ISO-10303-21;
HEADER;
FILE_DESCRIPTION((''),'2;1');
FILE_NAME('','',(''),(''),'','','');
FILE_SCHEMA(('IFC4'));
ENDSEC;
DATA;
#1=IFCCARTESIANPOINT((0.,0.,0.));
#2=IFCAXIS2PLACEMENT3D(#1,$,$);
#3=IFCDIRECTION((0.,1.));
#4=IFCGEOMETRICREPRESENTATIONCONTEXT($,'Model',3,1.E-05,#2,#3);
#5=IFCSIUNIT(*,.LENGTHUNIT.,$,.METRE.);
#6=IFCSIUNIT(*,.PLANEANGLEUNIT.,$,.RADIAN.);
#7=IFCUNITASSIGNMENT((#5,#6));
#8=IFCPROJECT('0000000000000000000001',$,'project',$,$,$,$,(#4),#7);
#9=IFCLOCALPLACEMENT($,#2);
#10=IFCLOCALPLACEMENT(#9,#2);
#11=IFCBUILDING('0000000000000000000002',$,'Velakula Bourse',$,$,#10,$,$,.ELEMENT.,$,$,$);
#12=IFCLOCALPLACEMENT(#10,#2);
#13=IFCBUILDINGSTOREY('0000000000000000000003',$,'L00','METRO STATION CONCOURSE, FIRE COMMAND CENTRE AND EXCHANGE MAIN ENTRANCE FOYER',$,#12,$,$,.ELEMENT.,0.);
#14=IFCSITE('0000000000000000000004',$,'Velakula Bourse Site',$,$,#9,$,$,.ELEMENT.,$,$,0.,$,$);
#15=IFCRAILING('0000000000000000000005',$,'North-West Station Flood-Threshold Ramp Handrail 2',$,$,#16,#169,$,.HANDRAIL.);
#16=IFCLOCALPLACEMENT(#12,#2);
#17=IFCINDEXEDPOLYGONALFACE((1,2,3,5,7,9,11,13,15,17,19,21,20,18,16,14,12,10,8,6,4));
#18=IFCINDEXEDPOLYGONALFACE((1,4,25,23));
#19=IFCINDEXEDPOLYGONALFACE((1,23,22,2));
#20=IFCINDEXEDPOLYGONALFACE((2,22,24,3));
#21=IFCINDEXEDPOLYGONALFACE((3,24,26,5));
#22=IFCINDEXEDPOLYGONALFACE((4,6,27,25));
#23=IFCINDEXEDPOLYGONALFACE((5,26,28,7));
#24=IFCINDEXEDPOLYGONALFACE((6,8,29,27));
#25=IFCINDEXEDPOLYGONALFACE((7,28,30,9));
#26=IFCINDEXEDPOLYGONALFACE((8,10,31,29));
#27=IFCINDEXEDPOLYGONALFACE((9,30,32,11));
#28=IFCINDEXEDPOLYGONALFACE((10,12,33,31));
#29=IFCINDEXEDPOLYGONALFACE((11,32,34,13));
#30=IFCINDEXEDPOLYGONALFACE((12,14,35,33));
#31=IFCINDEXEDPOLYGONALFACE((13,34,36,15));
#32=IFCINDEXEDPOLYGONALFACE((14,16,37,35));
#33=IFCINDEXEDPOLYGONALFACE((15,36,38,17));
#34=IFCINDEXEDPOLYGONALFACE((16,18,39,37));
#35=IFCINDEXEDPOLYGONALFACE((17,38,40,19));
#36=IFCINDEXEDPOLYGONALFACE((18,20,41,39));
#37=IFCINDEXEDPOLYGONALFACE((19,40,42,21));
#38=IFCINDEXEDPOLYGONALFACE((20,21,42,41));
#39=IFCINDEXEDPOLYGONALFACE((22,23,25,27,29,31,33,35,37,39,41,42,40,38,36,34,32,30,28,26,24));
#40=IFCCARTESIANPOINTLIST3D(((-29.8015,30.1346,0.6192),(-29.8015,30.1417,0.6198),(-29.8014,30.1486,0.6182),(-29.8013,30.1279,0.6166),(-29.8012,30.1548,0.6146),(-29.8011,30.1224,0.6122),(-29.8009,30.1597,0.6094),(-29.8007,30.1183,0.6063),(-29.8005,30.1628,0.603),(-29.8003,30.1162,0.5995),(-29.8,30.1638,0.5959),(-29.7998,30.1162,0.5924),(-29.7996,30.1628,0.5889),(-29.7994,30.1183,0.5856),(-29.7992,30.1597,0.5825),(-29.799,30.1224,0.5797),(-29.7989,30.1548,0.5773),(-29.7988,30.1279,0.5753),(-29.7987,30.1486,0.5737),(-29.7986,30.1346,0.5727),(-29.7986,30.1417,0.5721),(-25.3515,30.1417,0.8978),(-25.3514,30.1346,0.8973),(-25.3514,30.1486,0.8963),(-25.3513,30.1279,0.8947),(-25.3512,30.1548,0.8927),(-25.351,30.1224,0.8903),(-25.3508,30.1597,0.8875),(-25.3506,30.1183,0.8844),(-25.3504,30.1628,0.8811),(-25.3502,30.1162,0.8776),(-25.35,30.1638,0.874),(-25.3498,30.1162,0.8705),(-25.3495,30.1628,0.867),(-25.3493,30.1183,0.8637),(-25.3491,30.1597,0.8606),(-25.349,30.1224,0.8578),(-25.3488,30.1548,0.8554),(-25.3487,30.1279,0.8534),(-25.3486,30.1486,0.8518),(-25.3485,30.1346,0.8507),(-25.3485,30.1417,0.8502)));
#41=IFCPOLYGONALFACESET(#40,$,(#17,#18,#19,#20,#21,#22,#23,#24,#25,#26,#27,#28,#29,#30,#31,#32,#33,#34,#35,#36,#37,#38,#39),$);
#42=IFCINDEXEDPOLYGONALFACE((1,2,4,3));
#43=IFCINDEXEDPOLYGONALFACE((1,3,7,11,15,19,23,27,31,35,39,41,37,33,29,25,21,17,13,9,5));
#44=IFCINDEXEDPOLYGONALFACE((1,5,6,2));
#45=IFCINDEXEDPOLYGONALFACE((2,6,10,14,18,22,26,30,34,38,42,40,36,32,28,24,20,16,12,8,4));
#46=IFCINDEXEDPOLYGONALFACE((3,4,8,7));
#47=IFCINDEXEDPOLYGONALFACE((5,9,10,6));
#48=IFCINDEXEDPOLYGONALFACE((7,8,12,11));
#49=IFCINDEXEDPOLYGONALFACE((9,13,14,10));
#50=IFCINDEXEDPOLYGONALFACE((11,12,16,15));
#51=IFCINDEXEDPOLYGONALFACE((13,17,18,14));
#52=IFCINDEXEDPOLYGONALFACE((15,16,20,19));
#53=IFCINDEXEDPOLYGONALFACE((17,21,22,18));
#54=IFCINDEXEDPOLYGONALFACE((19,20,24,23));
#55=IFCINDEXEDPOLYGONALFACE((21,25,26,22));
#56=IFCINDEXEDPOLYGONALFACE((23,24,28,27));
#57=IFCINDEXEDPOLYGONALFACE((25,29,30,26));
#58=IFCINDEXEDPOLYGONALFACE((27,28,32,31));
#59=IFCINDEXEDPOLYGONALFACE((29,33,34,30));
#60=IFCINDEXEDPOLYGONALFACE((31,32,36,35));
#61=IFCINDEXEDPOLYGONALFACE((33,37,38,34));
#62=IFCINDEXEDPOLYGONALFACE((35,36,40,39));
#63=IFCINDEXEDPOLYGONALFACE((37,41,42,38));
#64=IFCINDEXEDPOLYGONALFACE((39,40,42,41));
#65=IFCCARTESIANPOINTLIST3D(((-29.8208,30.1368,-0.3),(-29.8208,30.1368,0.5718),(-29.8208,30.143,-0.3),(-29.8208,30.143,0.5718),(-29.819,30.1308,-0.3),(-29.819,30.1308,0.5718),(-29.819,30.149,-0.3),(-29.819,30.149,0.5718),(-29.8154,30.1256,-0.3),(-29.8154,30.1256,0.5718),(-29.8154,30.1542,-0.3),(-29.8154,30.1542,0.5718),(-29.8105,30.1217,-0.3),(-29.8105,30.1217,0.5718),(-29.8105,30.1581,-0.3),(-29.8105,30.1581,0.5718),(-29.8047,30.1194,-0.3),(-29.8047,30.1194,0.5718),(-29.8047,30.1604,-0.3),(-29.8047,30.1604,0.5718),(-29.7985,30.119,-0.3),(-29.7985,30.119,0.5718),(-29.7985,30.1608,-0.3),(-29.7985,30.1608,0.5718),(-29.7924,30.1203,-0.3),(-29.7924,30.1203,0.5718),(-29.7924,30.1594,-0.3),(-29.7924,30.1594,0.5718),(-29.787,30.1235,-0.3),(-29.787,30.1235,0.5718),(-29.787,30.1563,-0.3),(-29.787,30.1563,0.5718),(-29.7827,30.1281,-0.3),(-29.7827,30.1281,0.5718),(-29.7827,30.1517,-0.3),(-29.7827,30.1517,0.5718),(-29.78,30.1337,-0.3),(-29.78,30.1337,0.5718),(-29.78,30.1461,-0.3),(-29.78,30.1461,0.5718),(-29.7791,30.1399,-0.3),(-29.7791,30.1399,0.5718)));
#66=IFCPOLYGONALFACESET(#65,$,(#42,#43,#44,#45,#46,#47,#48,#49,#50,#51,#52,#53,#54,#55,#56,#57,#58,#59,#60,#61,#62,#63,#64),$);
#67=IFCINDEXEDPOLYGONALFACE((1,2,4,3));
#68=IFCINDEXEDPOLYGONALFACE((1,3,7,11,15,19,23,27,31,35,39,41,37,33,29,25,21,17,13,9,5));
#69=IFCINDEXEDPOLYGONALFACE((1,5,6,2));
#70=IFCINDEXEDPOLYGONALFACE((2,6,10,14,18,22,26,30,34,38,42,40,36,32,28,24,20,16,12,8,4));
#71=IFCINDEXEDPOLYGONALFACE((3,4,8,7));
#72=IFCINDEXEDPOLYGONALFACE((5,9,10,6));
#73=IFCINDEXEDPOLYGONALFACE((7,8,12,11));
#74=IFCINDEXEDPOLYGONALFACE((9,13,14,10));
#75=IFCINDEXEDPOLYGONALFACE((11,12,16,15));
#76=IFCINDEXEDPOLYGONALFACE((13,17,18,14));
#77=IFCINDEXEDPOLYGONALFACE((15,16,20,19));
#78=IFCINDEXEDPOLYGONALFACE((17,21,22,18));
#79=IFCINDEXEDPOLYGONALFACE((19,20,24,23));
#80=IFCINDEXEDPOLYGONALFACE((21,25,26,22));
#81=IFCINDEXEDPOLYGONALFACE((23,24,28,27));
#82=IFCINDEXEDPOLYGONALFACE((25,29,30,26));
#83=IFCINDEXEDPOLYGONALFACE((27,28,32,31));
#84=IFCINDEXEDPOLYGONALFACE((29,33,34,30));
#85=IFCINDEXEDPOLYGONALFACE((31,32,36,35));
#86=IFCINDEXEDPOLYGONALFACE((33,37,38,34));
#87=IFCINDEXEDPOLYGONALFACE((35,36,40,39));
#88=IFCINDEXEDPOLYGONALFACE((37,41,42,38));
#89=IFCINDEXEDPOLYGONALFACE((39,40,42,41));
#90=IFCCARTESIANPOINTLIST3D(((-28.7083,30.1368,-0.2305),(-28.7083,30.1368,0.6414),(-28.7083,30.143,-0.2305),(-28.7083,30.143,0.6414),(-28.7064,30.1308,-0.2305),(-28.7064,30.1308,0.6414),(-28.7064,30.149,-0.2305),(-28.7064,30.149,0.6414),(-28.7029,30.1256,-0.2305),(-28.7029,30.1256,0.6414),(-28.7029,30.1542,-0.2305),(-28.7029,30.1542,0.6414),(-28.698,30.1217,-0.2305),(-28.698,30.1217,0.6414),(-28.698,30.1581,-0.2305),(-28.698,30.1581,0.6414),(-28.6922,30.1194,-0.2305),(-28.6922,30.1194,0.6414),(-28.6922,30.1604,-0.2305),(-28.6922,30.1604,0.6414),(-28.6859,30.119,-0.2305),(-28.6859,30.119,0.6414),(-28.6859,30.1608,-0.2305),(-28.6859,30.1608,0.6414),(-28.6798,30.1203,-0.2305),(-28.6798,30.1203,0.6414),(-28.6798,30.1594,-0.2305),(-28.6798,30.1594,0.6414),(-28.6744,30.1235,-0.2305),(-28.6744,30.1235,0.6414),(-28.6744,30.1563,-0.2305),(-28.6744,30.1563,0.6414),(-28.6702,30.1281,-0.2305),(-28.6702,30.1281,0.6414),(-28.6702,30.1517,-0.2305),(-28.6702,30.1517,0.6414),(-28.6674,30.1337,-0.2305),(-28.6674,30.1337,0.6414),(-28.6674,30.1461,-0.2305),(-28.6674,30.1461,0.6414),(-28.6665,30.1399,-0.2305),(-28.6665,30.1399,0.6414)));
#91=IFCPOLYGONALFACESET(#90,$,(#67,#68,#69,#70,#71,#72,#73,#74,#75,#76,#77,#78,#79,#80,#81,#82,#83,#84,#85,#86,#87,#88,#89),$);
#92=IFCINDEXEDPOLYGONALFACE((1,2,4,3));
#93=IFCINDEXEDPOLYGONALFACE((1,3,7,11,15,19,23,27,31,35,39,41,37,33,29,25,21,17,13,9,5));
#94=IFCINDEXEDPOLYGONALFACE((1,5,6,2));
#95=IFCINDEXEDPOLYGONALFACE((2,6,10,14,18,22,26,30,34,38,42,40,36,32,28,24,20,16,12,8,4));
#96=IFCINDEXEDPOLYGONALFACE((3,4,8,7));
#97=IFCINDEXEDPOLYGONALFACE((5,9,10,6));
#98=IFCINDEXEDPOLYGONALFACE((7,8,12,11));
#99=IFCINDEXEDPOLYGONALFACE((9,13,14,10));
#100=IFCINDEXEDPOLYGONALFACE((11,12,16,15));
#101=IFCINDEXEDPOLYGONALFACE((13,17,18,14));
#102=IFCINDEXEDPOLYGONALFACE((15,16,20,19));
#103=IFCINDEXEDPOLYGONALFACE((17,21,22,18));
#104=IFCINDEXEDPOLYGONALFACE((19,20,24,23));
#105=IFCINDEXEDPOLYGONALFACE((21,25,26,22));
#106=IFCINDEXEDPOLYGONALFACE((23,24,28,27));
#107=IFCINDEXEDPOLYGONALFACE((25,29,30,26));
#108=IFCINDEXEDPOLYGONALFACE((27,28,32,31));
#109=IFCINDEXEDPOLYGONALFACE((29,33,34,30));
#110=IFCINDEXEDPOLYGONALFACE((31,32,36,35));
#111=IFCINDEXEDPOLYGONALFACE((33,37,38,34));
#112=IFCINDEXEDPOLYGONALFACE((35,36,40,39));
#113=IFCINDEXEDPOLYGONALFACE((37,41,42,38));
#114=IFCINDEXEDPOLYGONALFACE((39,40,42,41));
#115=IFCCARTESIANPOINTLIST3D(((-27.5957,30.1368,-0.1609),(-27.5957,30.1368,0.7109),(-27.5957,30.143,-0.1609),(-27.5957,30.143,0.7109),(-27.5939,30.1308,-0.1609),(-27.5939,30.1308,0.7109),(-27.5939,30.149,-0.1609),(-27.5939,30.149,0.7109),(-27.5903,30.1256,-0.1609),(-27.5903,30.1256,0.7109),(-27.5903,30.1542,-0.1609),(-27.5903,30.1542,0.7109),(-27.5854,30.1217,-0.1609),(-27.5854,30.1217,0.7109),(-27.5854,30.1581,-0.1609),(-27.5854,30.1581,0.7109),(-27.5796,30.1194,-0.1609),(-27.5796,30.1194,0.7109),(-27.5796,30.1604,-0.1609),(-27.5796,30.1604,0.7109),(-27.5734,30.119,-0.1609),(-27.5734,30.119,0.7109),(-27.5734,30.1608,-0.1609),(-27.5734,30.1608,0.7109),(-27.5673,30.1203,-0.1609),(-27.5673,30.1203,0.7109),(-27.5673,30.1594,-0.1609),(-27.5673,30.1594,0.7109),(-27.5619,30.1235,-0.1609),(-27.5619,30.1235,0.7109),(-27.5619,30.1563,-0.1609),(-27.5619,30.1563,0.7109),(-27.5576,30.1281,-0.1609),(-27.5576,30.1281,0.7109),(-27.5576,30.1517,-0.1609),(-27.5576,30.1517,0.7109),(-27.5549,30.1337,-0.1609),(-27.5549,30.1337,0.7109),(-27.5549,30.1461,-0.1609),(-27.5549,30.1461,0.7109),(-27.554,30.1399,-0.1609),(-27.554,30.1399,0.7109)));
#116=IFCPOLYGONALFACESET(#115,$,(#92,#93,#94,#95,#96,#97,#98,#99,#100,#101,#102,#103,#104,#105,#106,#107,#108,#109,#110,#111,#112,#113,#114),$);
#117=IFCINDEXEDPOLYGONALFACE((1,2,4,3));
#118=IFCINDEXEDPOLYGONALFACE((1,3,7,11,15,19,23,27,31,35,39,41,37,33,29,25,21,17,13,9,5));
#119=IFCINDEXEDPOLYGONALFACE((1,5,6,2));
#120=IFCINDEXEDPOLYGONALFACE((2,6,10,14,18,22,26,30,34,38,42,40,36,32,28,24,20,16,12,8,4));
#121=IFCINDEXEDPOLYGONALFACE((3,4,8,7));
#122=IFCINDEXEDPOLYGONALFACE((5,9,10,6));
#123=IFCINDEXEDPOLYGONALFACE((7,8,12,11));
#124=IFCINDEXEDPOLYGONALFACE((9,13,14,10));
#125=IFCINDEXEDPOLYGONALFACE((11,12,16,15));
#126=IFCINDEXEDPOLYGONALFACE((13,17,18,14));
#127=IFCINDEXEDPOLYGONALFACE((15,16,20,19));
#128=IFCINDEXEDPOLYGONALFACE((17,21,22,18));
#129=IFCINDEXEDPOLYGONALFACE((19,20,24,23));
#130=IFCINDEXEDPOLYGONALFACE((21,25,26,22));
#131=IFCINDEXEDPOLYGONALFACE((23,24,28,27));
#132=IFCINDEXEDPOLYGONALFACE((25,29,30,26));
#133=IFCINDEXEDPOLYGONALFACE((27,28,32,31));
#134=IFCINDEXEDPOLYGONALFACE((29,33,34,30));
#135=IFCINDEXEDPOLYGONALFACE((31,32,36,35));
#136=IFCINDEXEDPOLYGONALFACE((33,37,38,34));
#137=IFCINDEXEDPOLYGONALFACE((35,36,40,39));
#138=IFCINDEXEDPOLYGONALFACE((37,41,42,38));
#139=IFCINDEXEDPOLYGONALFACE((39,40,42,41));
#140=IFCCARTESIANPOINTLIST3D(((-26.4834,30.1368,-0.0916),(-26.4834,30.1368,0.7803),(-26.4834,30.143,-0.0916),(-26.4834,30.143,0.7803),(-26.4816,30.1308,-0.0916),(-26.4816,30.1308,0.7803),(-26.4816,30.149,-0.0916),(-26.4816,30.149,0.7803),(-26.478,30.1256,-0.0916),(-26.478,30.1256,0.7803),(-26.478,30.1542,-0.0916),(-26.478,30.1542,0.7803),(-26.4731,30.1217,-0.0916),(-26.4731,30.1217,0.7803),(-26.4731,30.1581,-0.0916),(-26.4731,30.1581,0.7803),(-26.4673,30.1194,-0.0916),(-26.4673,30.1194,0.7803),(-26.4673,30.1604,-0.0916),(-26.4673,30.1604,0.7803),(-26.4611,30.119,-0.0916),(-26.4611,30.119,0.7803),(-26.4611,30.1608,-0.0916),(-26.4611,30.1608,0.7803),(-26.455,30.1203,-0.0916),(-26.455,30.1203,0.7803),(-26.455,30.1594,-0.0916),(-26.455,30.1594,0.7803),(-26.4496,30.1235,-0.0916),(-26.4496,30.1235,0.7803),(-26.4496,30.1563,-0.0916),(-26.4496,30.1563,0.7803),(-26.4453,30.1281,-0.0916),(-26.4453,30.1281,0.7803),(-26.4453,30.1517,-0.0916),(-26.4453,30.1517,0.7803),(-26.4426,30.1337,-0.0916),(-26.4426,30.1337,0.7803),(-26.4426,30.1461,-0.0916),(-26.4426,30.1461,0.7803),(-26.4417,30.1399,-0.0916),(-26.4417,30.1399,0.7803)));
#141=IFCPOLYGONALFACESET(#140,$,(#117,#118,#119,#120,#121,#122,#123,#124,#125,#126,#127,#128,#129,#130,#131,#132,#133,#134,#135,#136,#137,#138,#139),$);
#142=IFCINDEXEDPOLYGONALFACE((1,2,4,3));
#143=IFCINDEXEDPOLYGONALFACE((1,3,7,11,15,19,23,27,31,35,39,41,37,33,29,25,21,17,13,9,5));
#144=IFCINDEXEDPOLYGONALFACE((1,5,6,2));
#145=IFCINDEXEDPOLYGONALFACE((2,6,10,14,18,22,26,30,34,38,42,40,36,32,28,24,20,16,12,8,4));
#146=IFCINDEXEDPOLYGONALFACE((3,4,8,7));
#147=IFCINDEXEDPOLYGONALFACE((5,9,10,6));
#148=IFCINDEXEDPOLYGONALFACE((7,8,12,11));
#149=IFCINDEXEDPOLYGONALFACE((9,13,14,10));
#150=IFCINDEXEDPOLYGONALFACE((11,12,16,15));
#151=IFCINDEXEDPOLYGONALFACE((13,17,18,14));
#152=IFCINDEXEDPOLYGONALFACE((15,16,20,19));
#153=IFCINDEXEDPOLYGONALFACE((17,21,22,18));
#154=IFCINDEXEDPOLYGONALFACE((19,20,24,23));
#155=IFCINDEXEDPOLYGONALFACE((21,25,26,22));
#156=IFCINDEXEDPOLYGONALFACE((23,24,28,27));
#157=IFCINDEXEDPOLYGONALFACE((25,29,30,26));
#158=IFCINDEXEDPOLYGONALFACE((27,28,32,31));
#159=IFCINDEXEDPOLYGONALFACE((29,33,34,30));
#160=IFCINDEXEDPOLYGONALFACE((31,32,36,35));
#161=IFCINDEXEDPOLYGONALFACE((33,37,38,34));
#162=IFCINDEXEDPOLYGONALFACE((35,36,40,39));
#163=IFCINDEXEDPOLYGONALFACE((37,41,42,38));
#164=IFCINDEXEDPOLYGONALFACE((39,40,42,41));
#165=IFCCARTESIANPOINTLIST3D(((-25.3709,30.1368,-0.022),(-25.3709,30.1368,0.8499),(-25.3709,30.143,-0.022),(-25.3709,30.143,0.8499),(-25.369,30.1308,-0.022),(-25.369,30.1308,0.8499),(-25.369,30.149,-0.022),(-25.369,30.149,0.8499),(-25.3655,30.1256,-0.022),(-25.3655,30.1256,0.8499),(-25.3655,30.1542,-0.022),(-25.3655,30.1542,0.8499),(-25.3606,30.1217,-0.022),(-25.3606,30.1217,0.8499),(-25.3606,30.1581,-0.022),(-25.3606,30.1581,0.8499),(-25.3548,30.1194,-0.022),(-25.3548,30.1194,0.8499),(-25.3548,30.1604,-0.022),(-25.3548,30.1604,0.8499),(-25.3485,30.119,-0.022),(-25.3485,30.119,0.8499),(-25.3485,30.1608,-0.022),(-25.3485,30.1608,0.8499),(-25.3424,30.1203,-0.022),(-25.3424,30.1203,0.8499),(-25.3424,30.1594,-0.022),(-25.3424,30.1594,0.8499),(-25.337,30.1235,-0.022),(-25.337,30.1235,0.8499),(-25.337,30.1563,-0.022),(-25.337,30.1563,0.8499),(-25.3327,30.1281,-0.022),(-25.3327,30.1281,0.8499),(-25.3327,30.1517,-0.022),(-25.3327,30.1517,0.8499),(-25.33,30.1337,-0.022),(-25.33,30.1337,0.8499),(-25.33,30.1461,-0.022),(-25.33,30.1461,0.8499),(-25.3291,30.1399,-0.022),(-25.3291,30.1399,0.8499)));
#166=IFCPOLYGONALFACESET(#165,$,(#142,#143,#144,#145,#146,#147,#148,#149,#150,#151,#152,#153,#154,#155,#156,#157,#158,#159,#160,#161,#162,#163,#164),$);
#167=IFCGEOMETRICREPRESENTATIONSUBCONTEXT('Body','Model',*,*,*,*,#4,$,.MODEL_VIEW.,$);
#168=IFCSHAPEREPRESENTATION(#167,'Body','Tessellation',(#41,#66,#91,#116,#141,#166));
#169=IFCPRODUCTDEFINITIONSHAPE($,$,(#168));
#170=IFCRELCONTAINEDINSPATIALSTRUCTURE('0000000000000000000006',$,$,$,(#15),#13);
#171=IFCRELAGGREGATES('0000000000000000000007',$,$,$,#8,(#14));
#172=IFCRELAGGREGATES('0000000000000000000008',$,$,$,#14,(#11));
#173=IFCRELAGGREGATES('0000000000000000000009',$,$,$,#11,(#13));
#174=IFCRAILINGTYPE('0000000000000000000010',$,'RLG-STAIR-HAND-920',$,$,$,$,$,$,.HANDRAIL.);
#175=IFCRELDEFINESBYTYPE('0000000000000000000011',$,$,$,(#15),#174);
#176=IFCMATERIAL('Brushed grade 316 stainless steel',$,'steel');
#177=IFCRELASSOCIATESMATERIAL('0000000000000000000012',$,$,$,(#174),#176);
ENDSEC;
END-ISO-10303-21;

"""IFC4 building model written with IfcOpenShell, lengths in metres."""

from ifc_helpers import new_model, si_unit, direction, frame, origin, origin_2d, place, context, subcontext, project, spatial, circle, extrude, material, type_object, element, save


model = new_model("IFC4")

# Units and contexts
model_context = context("Model", 3, precision=1e-05, world=origin(), true_north=direction((0.0, 1.0)))
body_context = subcontext(model_context, "Body", "Model", "MODEL_VIEW")
ifc_project = project(units=[si_unit("LENGTHUNIT", "METRE"), si_unit("PLANEANGLEUNIT", "RADIAN")], contexts=[model_context])

# Site, building, storey
site_placement = place(None, origin())
site = spatial("IfcSite", under=ifc_project, at=site_placement, Name="Velakula Bourse Site", CompositionType="ELEMENT", RefElevation=0.0)
building_placement = place(site_placement, origin())
building = spatial("IfcBuilding", under=site, at=building_placement, Name="Velakula Bourse", CompositionType="ELEMENT")
storey_placement = place(building_placement, origin())
storey = spatial("IfcBuildingStorey", under=building, at=storey_placement, Name="L00", Description="METRO STATION CONCOURSE, FIRE COMMAND CENTRE AND EXCHANGE MAIN ENTRANCE FOYER", CompositionType="ELEMENT", Elevation=0.0)

# Railing
ifc_material_1 = material(Name="Brushed grade 316 stainless steel", Category="steel")
railing_type = type_object("IfcRailingType", Name="RLG-STAIR-HAND-920", PredefinedType="HANDRAIL", material=ifc_material_1)
for number, where, name in (
    (1, (-29.8, 30.1399, -0.3), "North-West Station Flood-Threshold Ramp Handrail 2"),
):
    element("IfcRailing", number, at=place(storey_placement, frame(where)), inside=storey, type_object=railing_type, Name=name, PredefinedType="HANDRAIL", context=body_context, shape_type="SweptSolid", body=[
        extrude(circle(Radius=0.0239, at=origin_2d()), frame((0.0, 0.0, 0.896), z_axis=(0.998053, 0.0, 0.062368), x_axis=(0.0, 1.0, 0.0)), (0.0, 0.0, 1.0), 4.4587),
        extrude(circle(Radius=0.021, at=origin_2d()), origin(), (0.0, 0.0, 1.0), 0.8718),
        extrude(circle(Radius=0.021, at=origin_2d()), frame((1.1125, 0.0, 0.0696)), (0.0, 0.0, 1.0), 0.8718),
        extrude(circle(Radius=0.021, at=origin_2d()), frame((2.2251, 0.0, 0.1392)), (0.0, 0.0, 1.0), 0.8718),
        extrude(circle(Radius=0.021, at=origin_2d()), frame((3.3374, 0.0, 0.2085)), (0.0, 0.0, 1.0), 0.8718),
        extrude(circle(Radius=0.021, at=origin_2d()), frame((4.45, 0.0, 0.2781)), (0.0, 0.0, 1.0), 0.8718),
    ])

save(model, "model.ifc")
